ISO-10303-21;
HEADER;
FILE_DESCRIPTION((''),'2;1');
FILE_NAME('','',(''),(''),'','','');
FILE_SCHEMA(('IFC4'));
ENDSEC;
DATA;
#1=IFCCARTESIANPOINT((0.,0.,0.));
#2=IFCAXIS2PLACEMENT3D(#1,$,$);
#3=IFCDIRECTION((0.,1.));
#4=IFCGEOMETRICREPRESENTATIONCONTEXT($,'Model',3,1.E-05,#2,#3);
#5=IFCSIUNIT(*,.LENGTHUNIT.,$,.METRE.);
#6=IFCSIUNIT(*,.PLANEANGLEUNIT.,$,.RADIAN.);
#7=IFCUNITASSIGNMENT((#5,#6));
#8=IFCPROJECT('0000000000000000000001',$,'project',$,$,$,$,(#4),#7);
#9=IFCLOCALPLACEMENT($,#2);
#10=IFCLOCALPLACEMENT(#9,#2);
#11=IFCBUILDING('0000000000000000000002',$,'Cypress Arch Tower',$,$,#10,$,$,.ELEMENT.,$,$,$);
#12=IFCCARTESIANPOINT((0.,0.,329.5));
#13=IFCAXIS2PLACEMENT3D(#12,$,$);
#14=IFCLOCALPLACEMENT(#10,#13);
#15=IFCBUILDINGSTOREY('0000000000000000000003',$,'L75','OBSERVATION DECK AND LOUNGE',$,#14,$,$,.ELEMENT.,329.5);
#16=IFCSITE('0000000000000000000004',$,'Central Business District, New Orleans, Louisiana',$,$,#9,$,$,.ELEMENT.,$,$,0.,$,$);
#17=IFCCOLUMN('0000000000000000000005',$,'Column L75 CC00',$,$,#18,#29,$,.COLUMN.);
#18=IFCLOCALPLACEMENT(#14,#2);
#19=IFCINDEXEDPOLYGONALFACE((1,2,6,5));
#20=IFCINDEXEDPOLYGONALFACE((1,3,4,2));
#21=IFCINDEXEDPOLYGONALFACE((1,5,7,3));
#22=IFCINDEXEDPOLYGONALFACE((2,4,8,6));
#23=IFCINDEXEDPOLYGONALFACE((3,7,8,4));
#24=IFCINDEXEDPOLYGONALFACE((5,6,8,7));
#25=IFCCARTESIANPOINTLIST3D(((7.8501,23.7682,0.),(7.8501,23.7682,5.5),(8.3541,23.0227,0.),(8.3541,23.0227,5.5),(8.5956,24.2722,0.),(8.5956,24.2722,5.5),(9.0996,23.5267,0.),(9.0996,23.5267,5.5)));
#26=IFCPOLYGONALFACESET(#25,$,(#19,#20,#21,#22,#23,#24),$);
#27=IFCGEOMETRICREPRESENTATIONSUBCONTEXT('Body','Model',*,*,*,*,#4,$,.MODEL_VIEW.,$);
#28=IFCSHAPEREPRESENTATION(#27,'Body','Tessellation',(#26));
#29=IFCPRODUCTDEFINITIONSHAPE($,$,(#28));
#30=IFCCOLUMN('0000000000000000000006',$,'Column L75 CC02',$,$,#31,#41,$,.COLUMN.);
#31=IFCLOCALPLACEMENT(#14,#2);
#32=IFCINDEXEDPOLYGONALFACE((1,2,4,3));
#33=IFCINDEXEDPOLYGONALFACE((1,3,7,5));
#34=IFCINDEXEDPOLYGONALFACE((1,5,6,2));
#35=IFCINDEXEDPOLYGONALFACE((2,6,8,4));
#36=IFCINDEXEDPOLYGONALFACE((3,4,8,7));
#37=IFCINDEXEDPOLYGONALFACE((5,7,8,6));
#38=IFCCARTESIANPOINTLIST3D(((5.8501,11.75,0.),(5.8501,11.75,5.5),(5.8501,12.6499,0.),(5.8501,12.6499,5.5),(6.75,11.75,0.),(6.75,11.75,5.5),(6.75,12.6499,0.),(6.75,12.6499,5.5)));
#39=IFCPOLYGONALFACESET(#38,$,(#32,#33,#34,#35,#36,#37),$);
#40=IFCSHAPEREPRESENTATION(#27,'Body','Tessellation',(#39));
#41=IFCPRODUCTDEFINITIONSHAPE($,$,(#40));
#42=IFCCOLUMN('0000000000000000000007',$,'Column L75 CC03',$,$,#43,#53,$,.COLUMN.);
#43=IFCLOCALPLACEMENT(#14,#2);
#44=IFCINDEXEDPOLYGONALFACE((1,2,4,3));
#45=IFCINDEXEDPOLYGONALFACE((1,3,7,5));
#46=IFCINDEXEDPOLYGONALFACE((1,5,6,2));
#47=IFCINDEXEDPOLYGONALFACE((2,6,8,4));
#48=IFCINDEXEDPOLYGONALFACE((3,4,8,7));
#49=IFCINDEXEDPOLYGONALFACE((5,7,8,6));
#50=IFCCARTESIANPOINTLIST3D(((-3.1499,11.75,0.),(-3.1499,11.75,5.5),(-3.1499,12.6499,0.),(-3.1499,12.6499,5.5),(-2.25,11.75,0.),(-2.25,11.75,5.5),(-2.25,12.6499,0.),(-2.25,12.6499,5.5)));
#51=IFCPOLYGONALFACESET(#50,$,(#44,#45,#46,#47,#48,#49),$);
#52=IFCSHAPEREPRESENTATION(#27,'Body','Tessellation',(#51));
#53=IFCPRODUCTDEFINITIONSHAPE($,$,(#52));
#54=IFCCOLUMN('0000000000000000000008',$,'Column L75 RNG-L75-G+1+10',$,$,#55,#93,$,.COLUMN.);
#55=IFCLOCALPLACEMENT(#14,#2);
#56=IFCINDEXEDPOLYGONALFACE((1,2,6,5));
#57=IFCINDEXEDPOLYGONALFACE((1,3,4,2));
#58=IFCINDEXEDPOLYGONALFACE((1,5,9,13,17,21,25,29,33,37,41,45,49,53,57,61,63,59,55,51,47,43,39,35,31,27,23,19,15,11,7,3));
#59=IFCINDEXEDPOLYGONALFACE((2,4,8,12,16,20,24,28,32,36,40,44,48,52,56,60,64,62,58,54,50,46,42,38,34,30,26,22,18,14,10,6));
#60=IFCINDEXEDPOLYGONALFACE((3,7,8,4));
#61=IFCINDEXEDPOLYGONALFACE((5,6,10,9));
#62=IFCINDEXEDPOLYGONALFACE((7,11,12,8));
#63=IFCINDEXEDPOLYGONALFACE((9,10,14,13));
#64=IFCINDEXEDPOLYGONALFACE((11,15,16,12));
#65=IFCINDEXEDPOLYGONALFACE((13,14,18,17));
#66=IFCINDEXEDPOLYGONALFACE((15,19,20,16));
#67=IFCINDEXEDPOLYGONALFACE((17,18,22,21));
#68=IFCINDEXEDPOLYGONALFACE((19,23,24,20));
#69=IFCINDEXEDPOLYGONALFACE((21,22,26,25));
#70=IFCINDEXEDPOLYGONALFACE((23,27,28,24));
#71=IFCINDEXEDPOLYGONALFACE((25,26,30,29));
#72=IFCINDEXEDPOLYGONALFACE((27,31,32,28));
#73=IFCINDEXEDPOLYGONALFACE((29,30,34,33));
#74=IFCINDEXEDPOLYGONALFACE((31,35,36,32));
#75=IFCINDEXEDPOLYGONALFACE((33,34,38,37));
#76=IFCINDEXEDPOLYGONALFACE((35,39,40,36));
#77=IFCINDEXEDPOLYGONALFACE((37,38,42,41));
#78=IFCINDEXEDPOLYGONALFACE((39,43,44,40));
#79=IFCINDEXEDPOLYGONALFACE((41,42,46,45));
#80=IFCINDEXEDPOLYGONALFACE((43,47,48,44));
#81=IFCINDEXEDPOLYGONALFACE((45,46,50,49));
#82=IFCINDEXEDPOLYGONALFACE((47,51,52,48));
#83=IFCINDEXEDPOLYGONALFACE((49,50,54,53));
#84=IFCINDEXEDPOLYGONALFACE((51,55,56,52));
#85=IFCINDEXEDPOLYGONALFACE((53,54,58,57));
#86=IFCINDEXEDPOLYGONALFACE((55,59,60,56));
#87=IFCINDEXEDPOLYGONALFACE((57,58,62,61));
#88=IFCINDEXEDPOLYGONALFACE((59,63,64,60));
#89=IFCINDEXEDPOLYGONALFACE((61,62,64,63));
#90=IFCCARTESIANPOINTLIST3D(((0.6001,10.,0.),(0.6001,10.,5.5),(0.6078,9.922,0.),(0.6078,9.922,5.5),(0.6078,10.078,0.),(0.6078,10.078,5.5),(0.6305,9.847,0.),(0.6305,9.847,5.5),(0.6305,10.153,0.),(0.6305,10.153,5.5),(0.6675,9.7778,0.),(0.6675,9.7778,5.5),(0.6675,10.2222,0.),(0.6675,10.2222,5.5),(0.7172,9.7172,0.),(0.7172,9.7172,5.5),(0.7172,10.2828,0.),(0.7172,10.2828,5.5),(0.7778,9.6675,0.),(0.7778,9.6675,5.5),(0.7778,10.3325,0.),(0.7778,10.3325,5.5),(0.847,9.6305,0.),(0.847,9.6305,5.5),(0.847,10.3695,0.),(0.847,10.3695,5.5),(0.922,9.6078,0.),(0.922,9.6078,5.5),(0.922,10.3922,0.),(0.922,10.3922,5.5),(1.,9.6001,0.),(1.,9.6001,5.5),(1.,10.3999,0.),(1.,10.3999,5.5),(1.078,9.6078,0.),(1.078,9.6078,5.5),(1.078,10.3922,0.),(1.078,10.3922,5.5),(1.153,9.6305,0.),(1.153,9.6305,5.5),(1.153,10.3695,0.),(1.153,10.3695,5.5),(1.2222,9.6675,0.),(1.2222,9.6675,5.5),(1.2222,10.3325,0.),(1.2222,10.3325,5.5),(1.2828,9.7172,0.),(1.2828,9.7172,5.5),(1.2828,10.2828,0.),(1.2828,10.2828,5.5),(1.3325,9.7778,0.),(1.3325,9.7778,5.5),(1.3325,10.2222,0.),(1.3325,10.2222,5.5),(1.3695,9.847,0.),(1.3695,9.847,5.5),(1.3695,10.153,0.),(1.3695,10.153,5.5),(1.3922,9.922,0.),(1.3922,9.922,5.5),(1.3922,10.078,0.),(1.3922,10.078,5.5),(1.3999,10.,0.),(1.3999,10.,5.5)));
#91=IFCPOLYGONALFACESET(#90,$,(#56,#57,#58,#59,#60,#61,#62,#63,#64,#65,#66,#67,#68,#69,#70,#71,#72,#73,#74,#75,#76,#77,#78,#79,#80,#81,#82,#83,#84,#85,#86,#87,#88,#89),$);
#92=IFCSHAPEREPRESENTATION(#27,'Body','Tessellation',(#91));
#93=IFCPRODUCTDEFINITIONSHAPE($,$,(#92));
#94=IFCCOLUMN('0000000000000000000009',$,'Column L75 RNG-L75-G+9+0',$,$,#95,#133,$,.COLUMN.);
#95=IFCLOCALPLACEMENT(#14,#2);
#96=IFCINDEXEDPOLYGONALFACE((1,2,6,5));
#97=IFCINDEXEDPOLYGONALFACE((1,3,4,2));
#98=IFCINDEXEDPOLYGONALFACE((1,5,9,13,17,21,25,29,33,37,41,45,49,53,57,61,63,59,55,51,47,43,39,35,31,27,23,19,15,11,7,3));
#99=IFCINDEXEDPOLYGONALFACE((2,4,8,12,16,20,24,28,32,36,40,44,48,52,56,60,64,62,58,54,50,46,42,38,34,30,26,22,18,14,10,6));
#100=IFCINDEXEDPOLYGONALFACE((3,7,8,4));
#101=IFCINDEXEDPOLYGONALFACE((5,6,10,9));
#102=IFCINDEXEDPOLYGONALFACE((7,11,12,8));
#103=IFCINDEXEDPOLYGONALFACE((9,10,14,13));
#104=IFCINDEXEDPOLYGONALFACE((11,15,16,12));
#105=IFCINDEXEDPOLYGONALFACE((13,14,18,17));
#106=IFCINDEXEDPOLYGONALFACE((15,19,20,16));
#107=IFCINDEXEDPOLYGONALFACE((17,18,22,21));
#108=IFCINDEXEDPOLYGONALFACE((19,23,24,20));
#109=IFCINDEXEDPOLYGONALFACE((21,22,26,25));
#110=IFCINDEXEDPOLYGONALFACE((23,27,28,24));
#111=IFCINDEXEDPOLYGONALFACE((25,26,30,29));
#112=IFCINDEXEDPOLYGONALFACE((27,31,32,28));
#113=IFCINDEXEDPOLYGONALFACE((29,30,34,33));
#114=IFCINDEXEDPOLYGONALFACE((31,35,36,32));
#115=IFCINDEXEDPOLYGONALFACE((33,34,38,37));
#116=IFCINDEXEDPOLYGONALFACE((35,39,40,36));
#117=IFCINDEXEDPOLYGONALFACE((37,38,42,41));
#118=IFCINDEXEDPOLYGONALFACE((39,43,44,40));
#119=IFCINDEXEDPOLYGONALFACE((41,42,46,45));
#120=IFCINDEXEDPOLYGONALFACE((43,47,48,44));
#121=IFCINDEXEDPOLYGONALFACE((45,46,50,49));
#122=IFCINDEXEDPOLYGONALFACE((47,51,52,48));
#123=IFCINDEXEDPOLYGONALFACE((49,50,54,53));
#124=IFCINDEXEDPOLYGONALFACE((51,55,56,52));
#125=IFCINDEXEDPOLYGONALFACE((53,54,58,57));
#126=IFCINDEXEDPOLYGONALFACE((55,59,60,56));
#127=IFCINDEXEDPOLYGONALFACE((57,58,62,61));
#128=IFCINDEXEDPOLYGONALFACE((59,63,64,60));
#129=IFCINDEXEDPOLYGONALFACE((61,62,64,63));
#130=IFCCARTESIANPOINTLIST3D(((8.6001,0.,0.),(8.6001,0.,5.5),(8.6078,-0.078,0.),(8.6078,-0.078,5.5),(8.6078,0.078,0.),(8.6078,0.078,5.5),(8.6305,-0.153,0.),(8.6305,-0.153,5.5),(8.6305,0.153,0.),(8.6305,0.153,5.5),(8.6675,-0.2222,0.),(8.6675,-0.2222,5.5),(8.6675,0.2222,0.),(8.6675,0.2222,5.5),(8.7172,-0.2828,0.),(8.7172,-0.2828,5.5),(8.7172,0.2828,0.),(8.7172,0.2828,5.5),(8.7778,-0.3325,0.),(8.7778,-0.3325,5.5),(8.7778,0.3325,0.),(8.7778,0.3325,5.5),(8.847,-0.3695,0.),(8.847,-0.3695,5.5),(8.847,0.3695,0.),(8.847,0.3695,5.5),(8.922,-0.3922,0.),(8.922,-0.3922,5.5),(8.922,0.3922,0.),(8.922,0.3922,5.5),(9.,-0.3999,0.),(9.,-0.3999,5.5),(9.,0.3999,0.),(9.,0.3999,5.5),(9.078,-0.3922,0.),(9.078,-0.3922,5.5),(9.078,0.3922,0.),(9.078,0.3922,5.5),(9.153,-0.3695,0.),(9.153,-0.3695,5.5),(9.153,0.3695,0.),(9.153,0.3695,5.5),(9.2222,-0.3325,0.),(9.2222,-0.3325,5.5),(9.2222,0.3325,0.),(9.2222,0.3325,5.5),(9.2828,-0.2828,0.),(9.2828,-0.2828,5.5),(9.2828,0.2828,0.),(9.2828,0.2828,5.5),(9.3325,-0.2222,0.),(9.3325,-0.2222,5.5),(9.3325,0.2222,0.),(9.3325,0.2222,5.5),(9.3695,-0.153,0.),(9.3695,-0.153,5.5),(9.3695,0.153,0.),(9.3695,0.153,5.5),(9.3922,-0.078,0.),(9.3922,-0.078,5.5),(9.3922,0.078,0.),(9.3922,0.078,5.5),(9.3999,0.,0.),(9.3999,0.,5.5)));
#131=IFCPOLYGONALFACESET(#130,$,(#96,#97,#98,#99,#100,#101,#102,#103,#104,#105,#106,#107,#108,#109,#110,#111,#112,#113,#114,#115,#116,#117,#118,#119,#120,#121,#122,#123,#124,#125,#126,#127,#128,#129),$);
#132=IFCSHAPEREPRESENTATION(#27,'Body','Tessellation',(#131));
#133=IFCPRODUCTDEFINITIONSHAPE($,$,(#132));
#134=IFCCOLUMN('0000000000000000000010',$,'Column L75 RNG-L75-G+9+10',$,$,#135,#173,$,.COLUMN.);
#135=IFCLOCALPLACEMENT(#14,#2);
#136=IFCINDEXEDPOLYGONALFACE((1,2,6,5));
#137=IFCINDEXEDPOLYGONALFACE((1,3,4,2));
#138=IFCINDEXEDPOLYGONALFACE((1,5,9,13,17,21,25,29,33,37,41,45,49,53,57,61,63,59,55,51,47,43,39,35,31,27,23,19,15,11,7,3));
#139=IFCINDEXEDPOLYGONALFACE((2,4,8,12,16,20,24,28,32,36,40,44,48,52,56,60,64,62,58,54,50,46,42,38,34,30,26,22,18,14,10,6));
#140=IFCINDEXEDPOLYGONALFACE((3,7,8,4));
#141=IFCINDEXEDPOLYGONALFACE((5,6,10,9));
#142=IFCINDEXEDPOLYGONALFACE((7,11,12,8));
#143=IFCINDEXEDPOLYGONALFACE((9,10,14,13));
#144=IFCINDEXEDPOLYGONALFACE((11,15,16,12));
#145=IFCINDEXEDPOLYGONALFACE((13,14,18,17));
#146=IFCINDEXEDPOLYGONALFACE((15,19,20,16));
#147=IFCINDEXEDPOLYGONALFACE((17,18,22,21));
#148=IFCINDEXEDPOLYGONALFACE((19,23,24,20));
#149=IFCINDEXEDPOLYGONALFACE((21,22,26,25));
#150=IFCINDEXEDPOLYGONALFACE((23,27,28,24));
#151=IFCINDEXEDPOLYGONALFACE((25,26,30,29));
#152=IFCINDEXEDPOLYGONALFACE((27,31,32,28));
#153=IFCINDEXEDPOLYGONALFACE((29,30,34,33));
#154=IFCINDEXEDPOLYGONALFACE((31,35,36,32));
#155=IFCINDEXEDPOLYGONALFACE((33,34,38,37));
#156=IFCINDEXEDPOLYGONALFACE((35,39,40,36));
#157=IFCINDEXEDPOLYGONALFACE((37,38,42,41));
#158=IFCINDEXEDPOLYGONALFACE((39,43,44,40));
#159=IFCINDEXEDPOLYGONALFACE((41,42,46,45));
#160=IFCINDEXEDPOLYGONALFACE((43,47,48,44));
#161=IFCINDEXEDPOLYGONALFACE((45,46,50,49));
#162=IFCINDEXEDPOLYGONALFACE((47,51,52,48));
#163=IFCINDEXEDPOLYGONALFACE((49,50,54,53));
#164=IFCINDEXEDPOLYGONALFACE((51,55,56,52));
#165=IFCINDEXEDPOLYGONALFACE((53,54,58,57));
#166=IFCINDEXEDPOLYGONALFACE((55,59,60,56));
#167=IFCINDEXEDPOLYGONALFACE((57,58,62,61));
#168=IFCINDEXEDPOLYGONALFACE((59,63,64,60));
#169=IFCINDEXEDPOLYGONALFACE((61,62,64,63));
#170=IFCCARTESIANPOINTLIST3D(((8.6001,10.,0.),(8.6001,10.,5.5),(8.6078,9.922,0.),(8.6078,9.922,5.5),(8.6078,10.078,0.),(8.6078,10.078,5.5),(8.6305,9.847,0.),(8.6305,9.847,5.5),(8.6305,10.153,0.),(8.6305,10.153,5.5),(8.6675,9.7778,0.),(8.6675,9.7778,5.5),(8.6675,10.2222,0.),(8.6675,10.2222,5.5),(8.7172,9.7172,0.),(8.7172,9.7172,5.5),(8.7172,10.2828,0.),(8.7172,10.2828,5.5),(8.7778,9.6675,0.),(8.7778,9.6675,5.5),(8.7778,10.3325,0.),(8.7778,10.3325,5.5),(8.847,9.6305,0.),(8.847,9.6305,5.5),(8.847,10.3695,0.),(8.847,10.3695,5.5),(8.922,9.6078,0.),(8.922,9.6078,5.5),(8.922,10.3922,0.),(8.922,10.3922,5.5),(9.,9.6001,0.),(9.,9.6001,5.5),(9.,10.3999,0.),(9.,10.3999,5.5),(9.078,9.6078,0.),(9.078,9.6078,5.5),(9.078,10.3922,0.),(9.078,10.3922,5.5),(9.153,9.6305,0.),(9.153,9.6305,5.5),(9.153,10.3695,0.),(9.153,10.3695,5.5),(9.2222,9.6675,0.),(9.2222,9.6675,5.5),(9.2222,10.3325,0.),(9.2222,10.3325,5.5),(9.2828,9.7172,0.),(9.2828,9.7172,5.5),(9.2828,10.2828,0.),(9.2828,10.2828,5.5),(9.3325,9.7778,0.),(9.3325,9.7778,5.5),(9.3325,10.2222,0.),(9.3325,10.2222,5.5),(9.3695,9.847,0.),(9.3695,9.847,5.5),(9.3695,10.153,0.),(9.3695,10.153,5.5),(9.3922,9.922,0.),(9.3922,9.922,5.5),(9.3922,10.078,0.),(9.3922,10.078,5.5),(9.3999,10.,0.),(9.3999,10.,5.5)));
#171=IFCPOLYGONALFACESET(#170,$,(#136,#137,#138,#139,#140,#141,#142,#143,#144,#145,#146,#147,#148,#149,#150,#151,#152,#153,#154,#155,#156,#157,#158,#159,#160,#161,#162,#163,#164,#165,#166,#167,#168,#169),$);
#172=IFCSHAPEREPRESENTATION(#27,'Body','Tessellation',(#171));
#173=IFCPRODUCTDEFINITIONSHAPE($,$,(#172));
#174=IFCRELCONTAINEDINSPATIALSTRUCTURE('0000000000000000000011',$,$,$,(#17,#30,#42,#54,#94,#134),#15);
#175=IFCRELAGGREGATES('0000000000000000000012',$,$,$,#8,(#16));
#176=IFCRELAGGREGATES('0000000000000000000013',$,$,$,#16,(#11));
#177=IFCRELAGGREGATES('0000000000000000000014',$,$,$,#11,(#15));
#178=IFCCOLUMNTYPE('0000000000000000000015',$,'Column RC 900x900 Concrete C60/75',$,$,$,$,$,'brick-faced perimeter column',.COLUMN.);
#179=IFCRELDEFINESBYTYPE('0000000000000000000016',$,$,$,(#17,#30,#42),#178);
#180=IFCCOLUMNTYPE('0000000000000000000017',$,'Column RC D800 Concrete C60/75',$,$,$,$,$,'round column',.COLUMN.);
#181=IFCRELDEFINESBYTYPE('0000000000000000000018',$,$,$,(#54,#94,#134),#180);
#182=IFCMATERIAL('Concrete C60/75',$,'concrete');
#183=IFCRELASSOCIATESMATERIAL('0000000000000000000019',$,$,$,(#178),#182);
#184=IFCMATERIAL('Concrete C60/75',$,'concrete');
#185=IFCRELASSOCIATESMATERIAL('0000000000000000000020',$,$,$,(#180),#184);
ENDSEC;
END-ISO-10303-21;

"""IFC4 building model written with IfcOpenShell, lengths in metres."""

from ifc_helpers import new_model, si_unit, direction, frame, origin, origin_2d, place, context, subcontext, project, spatial, rectangle, circle, extrude, material, material_profile, profile_set, type_object, element, save


model = new_model("IFC4")

# Units and contexts
model_context = context("Model", 3, precision=1e-05, world=origin(), true_north=direction((0.0, 1.0)))
body_context = subcontext(model_context, "Body", "Model", "MODEL_VIEW")
ifc_project = project(units=[si_unit("LENGTHUNIT", "METRE"), si_unit("PLANEANGLEUNIT", "RADIAN")], contexts=[model_context])

# Site, building, storey
site_placement = place(None, origin())
site = spatial("IfcSite", under=ifc_project, at=site_placement, Name="Central Business District, New Orleans, Louisiana", CompositionType="ELEMENT", RefElevation=0.0)
building_placement = place(site_placement, origin())
building = spatial("IfcBuilding", under=site, at=building_placement, Name="Cypress Arch Tower", CompositionType="ELEMENT")
storey_placement = place(building_placement, frame((0.0, 0.0, 329.5)))
storey = spatial("IfcBuildingStorey", under=building, at=storey_placement, Name="L75", Description="OBSERVATION DECK AND LOUNGE", CompositionType="ELEMENT", Elevation=329.5)

# Columns
ifc_material_1 = material(Name="Concrete C60/75", Category="concrete")
ifc_material_profile_1 = material_profile(ifc_material_1, rectangle(XDim=0.8999, YDim=0.8999, at=origin_2d()), Name="RC 900x900")
ifc_profile_set_1 = profile_set([ifc_material_profile_1], Name="Concrete C60/75")
column_type_1 = type_object("IfcColumnType", Name="Column RC 900x900 Concrete C60/75", ElementType="brick-faced perimeter column", PredefinedType="COLUMN", material=ifc_profile_set_1)
for number, where, z_axis, x_axis, name in (
    (1, (8.4749, 23.6475, 0.0), (0.0, 0.0, 1.0), (-0.82847, -0.560034, 0.0), "Column L75 CC00"),
    (2, (6.3, 12.2, 0.0), (0.0, 0.0, 1.0), (-1.0, 0.0, 0.0), "Column L75 CC02"),
    (3, (-2.7, 12.2, 0.0), (0.0, 0.0, 1.0), (-1.0, 0.0, 0.0), "Column L75 CC03"),
):
    element("IfcColumn", number, at=place(storey_placement, frame(where, z_axis=z_axis, x_axis=x_axis)), inside=storey, type_object=column_type_1, Name=name, PredefinedType="COLUMN", context=body_context, shape_type="SweptSolid", body=[
        extrude(rectangle(XDim=0.8999, YDim=0.8999, at=origin_2d()), origin(), (0.0, 0.0, 1.0), 5.5),
    ])
ifc_material_2 = material(Name="Concrete C60/75", Category="concrete")
ifc_material_profile_2 = material_profile(ifc_material_2, circle(Radius=0.3999, at=origin_2d()), Name="RC D800")
ifc_profile_set_2 = profile_set([ifc_material_profile_2], Name="Concrete C60/75")
column_type_2 = type_object("IfcColumnType", Name="Column RC D800 Concrete C60/75", ElementType="round column", PredefinedType="COLUMN", material=ifc_profile_set_2)
for number, where, z_axis, x_axis, name in (
    (4, (1.0, 10.0, 0.0), (0.0, 0.0, 1.0), (1.0, 0.0, 0.0), "Column L75 RNG-L75-G+1+10"),
    (5, (9.0, 0.0, 0.0), (0.0, 0.0, 1.0), (1.0, 0.0, 0.0), "Column L75 RNG-L75-G+9+0"),
    (6, (9.0, 10.0, 0.0), (0.0, 0.0, 1.0), (1.0, 0.0, 0.0), "Column L75 RNG-L75-G+9+10"),
):
    element("IfcColumn", number, at=place(storey_placement, frame(where, z_axis=z_axis, x_axis=x_axis)), inside=storey, type_object=column_type_2, Name=name, PredefinedType="COLUMN", context=body_context, shape_type="SweptSolid", body=[
        extrude(circle(Radius=0.3999, at=origin_2d()), origin(), (0.0, 0.0, 1.0), 5.5),
    ])

save(model, "model.ifc")
